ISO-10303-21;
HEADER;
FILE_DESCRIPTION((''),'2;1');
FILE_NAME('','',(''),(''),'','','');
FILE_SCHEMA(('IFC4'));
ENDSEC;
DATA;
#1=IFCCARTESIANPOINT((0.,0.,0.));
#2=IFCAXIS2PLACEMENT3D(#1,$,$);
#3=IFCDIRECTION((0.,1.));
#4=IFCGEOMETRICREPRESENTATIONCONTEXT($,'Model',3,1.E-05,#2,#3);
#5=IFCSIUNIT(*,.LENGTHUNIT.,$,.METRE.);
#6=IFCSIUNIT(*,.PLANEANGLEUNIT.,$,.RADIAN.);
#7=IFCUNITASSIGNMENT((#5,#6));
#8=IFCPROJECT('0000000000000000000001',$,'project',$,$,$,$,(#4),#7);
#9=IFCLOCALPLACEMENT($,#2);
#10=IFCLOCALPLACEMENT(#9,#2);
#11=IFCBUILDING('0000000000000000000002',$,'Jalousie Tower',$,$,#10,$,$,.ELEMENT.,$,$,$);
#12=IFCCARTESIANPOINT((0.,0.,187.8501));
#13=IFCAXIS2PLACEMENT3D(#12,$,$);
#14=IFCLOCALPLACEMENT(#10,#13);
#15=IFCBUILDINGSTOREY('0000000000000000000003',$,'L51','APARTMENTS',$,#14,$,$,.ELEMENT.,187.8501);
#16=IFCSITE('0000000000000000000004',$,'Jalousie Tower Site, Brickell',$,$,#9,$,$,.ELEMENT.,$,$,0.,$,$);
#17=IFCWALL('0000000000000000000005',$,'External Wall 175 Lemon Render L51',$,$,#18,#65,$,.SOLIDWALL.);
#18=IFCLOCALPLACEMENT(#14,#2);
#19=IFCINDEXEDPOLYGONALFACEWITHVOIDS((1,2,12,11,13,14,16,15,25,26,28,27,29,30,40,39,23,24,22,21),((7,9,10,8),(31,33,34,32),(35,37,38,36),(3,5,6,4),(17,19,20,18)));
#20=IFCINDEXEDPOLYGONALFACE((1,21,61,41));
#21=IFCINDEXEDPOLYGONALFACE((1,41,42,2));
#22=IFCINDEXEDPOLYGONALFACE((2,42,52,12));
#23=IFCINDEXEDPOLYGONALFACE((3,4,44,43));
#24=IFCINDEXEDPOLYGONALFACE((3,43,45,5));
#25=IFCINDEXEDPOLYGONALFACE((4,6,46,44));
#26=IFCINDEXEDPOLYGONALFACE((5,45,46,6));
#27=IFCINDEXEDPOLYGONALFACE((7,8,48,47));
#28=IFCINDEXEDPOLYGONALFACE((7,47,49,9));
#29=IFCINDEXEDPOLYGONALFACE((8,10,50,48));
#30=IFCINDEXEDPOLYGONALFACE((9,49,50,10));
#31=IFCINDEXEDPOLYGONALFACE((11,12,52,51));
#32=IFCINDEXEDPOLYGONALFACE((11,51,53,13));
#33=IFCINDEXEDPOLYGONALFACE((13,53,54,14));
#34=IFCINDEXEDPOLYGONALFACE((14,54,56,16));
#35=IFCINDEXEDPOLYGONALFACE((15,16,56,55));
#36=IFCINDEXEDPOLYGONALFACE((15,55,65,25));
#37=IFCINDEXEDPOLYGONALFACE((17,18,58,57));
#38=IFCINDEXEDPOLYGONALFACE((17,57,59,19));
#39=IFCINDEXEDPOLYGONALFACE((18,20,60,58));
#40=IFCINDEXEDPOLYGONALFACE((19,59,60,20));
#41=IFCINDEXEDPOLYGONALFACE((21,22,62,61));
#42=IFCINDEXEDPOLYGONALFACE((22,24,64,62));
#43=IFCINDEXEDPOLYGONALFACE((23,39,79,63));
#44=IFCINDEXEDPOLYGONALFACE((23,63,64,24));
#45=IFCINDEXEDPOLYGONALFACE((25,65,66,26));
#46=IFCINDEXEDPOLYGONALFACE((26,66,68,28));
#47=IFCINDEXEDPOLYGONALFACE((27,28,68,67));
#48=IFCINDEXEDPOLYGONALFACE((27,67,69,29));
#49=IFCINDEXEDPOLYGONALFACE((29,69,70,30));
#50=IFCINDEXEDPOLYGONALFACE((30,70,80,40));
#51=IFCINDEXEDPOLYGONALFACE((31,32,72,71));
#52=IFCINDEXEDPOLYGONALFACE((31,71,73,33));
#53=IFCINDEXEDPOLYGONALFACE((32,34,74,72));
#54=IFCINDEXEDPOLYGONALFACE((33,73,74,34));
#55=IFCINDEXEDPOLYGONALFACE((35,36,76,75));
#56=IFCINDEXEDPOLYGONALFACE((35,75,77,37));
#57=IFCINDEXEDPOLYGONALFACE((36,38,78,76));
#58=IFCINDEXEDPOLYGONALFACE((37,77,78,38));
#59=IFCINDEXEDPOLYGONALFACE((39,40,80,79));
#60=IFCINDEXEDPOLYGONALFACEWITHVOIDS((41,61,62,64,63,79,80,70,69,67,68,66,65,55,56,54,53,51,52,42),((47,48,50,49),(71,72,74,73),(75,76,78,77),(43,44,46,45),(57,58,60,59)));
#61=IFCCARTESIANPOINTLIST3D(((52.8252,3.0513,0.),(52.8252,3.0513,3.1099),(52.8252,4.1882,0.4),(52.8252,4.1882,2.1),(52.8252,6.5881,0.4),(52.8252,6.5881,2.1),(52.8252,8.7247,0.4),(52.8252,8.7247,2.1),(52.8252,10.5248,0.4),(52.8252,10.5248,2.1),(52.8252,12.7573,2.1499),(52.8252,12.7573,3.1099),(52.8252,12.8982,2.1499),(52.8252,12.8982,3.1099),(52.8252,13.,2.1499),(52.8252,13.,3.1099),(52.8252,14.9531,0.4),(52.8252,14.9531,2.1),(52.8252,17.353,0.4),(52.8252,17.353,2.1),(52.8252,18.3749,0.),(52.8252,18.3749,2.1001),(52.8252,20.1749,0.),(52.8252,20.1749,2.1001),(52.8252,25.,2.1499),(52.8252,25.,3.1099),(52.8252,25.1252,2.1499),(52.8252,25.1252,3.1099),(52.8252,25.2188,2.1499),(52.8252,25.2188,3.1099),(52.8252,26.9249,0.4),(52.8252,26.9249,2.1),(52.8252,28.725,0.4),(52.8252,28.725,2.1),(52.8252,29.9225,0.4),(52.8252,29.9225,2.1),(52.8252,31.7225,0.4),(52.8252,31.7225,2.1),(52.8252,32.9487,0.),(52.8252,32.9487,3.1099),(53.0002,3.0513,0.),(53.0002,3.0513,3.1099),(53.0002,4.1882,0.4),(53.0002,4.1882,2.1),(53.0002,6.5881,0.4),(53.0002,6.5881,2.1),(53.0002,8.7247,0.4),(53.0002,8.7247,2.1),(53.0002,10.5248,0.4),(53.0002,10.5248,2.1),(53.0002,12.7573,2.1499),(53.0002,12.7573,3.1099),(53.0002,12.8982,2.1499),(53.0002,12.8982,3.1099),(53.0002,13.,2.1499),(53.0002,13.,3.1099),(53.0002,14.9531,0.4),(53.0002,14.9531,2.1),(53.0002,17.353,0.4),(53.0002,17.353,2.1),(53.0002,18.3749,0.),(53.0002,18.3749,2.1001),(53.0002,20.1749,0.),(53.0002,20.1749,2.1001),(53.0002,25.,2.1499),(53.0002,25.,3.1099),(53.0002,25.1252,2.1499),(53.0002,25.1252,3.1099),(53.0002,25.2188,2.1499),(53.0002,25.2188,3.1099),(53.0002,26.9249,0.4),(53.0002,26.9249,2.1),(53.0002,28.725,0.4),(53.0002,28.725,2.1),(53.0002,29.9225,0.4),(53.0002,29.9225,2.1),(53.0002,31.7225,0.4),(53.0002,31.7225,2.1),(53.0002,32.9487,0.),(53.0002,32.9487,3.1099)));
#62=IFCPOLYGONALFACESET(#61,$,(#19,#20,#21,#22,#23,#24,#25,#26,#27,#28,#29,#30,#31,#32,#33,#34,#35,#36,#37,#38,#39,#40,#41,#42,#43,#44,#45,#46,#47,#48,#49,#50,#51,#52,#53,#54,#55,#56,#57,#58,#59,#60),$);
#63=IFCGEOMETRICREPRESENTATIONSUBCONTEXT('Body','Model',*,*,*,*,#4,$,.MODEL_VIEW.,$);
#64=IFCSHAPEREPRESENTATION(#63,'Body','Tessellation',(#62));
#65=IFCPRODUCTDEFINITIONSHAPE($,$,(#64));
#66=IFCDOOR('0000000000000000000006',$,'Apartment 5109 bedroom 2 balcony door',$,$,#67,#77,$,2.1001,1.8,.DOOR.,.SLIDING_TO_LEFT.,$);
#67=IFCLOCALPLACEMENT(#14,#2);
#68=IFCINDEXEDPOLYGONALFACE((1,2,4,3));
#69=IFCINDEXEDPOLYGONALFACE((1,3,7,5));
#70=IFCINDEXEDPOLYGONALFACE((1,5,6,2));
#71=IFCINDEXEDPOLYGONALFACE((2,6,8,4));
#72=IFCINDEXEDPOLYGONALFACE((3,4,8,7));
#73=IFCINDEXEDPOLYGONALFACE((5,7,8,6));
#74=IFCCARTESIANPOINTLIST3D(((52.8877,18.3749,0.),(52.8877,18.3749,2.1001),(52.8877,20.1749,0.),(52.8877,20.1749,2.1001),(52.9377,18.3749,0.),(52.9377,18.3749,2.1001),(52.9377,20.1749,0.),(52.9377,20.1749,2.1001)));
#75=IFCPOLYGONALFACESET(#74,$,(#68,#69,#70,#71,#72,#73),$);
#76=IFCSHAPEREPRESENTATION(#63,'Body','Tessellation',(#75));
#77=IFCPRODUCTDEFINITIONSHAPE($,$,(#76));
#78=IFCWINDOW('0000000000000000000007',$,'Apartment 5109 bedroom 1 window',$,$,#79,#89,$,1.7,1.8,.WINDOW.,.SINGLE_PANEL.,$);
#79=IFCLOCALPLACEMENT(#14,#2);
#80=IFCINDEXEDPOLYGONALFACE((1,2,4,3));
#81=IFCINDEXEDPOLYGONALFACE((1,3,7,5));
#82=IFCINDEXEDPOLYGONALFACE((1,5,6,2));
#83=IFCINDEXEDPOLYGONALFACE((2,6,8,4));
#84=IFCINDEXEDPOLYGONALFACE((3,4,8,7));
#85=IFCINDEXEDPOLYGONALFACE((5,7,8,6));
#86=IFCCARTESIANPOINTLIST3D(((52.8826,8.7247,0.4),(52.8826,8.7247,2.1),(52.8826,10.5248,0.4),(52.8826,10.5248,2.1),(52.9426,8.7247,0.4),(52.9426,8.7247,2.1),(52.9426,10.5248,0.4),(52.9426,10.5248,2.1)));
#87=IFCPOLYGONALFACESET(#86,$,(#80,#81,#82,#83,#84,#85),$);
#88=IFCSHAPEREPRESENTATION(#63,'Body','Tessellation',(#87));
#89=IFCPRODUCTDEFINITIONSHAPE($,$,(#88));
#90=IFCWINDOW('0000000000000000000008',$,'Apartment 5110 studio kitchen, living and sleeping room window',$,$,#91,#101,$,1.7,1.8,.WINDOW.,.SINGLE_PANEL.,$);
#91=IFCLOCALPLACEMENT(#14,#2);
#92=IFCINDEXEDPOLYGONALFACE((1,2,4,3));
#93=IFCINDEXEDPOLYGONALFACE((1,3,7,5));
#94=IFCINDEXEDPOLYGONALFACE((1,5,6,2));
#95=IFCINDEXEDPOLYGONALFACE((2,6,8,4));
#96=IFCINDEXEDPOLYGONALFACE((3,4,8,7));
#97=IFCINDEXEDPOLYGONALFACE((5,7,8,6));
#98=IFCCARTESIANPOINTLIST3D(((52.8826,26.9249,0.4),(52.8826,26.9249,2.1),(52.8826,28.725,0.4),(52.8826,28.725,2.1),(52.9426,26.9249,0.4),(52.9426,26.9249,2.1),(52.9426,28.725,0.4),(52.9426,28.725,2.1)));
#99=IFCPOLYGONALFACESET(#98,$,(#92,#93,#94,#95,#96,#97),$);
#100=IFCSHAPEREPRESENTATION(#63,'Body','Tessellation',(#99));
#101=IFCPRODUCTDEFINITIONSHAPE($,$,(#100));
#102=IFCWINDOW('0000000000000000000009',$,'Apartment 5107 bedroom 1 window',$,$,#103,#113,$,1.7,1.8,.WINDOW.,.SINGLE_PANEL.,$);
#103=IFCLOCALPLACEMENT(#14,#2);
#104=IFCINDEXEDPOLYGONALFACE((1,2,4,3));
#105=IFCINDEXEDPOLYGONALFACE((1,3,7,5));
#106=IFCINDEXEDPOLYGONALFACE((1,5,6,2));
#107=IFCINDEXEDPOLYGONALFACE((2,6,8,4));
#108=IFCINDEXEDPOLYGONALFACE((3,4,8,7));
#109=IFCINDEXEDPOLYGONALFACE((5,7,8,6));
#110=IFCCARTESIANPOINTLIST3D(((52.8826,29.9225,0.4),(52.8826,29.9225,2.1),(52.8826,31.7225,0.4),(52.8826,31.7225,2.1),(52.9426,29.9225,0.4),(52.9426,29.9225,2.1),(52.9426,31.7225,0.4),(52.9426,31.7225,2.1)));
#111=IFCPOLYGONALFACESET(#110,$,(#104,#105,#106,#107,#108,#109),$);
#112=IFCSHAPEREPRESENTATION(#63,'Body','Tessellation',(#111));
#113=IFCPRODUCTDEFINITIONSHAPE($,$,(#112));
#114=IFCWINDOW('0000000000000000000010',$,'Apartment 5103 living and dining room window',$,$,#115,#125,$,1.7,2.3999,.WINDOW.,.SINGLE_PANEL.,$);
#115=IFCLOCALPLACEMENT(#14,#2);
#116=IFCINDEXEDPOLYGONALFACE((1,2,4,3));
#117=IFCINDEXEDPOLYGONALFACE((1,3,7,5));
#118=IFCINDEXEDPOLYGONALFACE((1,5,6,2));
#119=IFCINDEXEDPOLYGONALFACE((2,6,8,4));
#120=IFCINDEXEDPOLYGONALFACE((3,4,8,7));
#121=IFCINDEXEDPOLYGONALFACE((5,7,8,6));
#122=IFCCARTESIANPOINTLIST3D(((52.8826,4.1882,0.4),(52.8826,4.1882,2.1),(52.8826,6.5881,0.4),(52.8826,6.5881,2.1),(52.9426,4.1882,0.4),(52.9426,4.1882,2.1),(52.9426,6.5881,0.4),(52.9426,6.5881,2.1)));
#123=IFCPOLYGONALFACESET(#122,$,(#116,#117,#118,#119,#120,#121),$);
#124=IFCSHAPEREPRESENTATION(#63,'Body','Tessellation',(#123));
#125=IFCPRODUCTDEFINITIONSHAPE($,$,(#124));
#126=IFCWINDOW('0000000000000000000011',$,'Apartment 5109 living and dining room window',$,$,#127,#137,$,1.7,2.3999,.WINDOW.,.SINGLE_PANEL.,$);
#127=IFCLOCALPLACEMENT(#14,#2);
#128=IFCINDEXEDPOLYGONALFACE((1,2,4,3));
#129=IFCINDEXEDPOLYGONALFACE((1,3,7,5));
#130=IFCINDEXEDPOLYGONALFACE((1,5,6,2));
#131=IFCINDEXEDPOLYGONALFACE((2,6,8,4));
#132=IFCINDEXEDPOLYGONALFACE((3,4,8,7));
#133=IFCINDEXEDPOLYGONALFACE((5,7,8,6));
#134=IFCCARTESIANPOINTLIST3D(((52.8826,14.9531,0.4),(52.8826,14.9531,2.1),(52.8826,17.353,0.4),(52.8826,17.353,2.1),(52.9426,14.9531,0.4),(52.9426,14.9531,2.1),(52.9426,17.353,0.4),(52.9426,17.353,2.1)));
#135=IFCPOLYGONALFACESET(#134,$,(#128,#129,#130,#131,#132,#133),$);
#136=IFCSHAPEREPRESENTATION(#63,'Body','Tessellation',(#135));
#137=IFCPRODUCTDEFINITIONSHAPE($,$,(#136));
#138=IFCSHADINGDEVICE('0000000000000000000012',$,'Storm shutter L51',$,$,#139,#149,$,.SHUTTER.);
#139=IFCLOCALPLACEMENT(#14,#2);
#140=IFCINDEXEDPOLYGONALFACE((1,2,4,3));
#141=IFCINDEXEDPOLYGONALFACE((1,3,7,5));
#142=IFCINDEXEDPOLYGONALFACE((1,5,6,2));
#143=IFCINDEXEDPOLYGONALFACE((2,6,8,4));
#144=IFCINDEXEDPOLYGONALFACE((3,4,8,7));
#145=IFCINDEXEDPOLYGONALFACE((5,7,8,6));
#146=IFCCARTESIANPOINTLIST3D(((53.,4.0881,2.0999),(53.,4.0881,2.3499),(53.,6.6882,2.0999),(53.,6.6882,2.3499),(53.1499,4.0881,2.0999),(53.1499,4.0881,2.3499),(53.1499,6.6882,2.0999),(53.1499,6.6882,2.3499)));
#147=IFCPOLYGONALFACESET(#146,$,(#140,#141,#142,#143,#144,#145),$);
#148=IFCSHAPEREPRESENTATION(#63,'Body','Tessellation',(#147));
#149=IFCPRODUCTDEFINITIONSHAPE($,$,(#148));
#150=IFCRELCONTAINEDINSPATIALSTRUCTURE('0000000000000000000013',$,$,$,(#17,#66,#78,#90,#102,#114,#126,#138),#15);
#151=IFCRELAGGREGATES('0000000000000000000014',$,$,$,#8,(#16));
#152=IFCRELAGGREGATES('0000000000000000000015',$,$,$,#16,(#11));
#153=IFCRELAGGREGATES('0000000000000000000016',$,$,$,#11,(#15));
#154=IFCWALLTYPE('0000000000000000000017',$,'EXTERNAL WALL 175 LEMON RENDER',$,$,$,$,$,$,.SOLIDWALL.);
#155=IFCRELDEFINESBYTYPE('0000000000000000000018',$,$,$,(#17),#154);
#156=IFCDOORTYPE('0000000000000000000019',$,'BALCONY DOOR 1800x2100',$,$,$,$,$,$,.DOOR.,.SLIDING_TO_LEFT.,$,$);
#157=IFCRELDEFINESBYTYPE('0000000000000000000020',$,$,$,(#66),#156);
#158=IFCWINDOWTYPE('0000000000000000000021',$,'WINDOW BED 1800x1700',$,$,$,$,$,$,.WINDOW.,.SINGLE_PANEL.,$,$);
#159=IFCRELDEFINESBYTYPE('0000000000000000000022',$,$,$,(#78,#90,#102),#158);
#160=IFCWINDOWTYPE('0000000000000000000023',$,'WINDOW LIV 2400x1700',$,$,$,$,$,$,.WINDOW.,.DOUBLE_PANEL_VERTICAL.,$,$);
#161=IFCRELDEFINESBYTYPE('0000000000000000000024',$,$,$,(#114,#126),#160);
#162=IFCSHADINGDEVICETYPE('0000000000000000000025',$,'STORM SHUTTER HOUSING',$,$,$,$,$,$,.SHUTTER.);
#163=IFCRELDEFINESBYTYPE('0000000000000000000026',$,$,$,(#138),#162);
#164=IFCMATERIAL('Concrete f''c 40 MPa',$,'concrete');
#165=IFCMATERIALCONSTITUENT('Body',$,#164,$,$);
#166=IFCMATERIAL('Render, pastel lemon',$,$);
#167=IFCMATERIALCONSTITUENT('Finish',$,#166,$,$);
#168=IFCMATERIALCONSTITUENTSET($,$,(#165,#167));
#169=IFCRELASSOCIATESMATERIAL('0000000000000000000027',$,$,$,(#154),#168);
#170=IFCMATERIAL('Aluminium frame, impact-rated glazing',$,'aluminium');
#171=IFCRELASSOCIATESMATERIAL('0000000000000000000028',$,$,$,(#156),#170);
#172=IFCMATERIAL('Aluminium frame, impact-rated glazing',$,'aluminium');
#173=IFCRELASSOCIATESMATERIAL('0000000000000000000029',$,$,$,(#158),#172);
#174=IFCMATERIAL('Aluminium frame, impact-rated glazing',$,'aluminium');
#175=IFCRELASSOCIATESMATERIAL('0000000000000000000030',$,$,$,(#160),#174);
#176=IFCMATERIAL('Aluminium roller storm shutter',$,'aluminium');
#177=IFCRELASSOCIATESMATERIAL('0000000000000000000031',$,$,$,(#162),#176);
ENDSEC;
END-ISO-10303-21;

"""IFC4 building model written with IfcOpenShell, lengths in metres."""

from ifc_helpers import new_model, si_unit, direction, frame, frame_2d, origin, origin_2d, place, context, subcontext, project, spatial, polyline, rectangle, outline, extrude, material, constituent, constituent_set, type_object, element, fill, save


model = new_model("IFC4")

# Units and contexts
model_context = context("Model", 3, precision=1e-05, world=origin(), true_north=direction((0.0, 1.0)))
body_context = subcontext(model_context, "Body", "Model", "MODEL_VIEW")
ifc_project = project(units=[si_unit("LENGTHUNIT", "METRE"), si_unit("PLANEANGLEUNIT", "RADIAN")], contexts=[model_context])

# Site, building, storey
site_placement = place(None, origin())
site = spatial("IfcSite", under=ifc_project, at=site_placement, Name="Jalousie Tower Site, Brickell", CompositionType="ELEMENT", RefElevation=0.0)
building_placement = place(site_placement, origin())
building = spatial("IfcBuilding", under=site, at=building_placement, Name="Jalousie Tower", CompositionType="ELEMENT")
storey_placement = place(building_placement, frame((0.0, 0.0, 187.8501)))
storey = spatial("IfcBuildingStorey", under=building, at=storey_placement, Name="L51", Description="APARTMENTS", CompositionType="ELEMENT", Elevation=187.8501)

# Wall, openings, door, windows
ifc_material_1 = material(Name="Concrete f'c 40 MPa", Category="concrete")
ifc_constituent_1 = constituent(ifc_material_1, Name="Body")
ifc_material_2 = material(Name="Render, pastel lemon")
ifc_constituent_2 = constituent(ifc_material_2, Name="Finish")
ifc_constituent_set = constituent_set(constituents=[ifc_constituent_1, ifc_constituent_2])
wall_type = type_object("IfcWallType", Name="EXTERNAL WALL 175 LEMON RENDER", PredefinedType="SOLIDWALL", material=ifc_constituent_set)
wall_placement = place(storey_placement, frame((52.9126, 3.0513, 0.0), z_axis=(0.0, 0.0, 1.0), x_axis=(0.0, 1.0, 0.0)))
wall = element("IfcWall", 1, at=wall_placement, inside=storey, type_object=wall_type, Name="External Wall 175 Lemon Render L51", PredefinedType="SOLIDWALL", context=body_context, shape_type="SweptSolid", body=[
    extrude(outline(polyline([(0.0, 0.0), (29.8975, 0.0), (29.8975, 3.1099), (22.1675, 3.1099), (22.1675, 2.1499), (22.074, 2.1499), (22.074, 3.1099), (21.9487, 3.1099), (21.9487, 2.1499), (9.9487, 2.1499), (9.9487, 3.1099), (9.8469, 3.1099), (9.8469, 2.1499), (9.7061, 2.1499), (9.7061, 3.1099), (0.0, 3.1099), (0.0, 0.0)])), frame((0.0, 0.0874, 0.0), z_axis=(0.0, -1.0, 0.0), x_axis=(1.0, 0.0, 0.0)), (0.0, 0.0, 1.0), 0.175),
])
opening_1_placement = place(wall_placement, frame((1.137, 0.0, 0.3999)))
opening_1 = element("IfcOpeningElement", 2, at=opening_1_placement, cuts=wall, PredefinedType="OPENING", context=body_context, shape_type="SweptSolid", body=[
    extrude(rectangle(XDim=2.3999, YDim=1.7, at=frame_2d((1.2, 0.8501))), frame((0.0, 0.0974, 0.0), z_axis=(0.0, -1.0, 0.0), x_axis=(1.0, 0.0, 0.0)), (0.0, 0.0, 1.0), 0.1951),
])
opening_2_placement = place(wall_placement, frame((5.6736, 0.0, 0.3999)))
opening_2 = element("IfcOpeningElement", 3, at=opening_2_placement, cuts=wall, PredefinedType="OPENING", context=body_context, shape_type="SweptSolid", body=[
    extrude(rectangle(XDim=1.8, YDim=1.7, at=frame_2d((0.8999, 0.8501))), frame((0.0, 0.0974, 0.0), z_axis=(0.0, -1.0, 0.0), x_axis=(1.0, 0.0, 0.0)), (0.0, 0.0, 1.0), 0.1951),
])
opening_3_placement = place(wall_placement, frame((11.9019, 0.0, 0.3999)))
opening_3 = element("IfcOpeningElement", 4, at=opening_3_placement, cuts=wall, PredefinedType="OPENING", context=body_context, shape_type="SweptSolid", body=[
    extrude(rectangle(XDim=2.3999, YDim=1.7, at=frame_2d((1.2, 0.8501))), frame((0.0, 0.0974, 0.0), z_axis=(0.0, -1.0, 0.0), x_axis=(1.0, 0.0, 0.0)), (0.0, 0.0, 1.0), 0.1951),
])
opening_4_placement = place(wall_placement, frame((15.3237, 0.0, 0.0)))
opening_4 = element("IfcOpeningElement", 5, at=opening_4_placement, cuts=wall, PredefinedType="OPENING", context=body_context, shape_type="SweptSolid", body=[
    extrude(rectangle(XDim=1.8, YDim=2.1001, at=frame_2d((0.8999, 1.05))), frame((0.0, 0.0974, 0.0), z_axis=(0.0, -1.0, 0.0), x_axis=(1.0, 0.0, 0.0)), (0.0, 0.0, 1.0), 0.1951),
])
opening_5_placement = place(wall_placement, frame((23.8738, 0.0, 0.3999)))
opening_5 = element("IfcOpeningElement", 6, at=opening_5_placement, cuts=wall, PredefinedType="OPENING", context=body_context, shape_type="SweptSolid", body=[
    extrude(rectangle(XDim=1.8, YDim=1.7, at=frame_2d((0.8999, 0.8501))), frame((0.0, 0.0974, 0.0), z_axis=(0.0, -1.0, 0.0), x_axis=(1.0, 0.0, 0.0)), (0.0, 0.0, 1.0), 0.1951),
])
opening_6_placement = place(wall_placement, frame((26.8713, 0.0, 0.3999)))
opening_6 = element("IfcOpeningElement", 7, at=opening_6_placement, cuts=wall, PredefinedType="OPENING", context=body_context, shape_type="SweptSolid", body=[
    extrude(rectangle(XDim=1.8, YDim=1.7, at=frame_2d((0.8999, 0.8501))), frame((0.0, 0.0974, 0.0), z_axis=(0.0, -1.0, 0.0), x_axis=(1.0, 0.0, 0.0)), (0.0, 0.0, 1.0), 0.1951),
])
ifc_material_3 = material(Name="Aluminium frame, impact-rated glazing", Category="aluminium")
door_type = type_object("IfcDoorType", Name="BALCONY DOOR 1800x2100", OperationType="SLIDING_TO_LEFT", PredefinedType="DOOR", material=ifc_material_3)
door_placement = place(opening_4_placement, origin())
door = element("IfcDoor", 8, at=door_placement, inside=storey, type_object=door_type, Name="Apartment 5109 bedroom 2 balcony door", OperationType="SLIDING_TO_LEFT", OverallHeight=2.1001, OverallWidth=1.8, PredefinedType="DOOR", context=body_context, shape_type="SweptSolid", body=[
    extrude(rectangle(XDim=1.8, YDim=2.1001, at=frame_2d((0.8999, 1.05))), frame((0.0, 0.0249, 0.0), z_axis=(0.0, -1.0, 0.0), x_axis=(1.0, 0.0, 0.0)), (0.0, 0.0, 1.0), 0.05),
])
fill(opening_4, door)
ifc_material_4 = material(Name="Aluminium frame, impact-rated glazing", Category="aluminium")
window_type_1 = type_object("IfcWindowType", Name="WINDOW BED 1800x1700", PartitioningType="SINGLE_PANEL", PredefinedType="WINDOW", material=ifc_material_4)
window_1_placement = place(opening_2_placement, origin())
window_1 = element("IfcWindow", 9, at=window_1_placement, inside=storey, type_object=window_type_1, Name="Apartment 5109 bedroom 1 window", OverallHeight=1.7, OverallWidth=1.8, PartitioningType="SINGLE_PANEL", PredefinedType="WINDOW", context=body_context, shape_type="SweptSolid", body=[
    extrude(rectangle(XDim=1.8, YDim=1.7, at=frame_2d((0.8999, 0.8501))), frame((0.0, 0.03, 0.0), z_axis=(0.0, -1.0, 0.0), x_axis=(1.0, 0.0, 0.0)), (0.0, 0.0, 1.0), 0.0601),
])
fill(opening_2, window_1)
window_2_placement = place(opening_5_placement, origin())
window_2 = element("IfcWindow", 10, at=window_2_placement, inside=storey, type_object=window_type_1, Name="Apartment 5110 studio kitchen, living and sleeping room window", OverallHeight=1.7, OverallWidth=1.8, PartitioningType="SINGLE_PANEL", PredefinedType="WINDOW", context=body_context, shape_type="SweptSolid", body=[
    extrude(rectangle(XDim=1.8, YDim=1.7, at=frame_2d((0.8999, 0.8501))), frame((0.0, 0.03, 0.0), z_axis=(0.0, -1.0, 0.0), x_axis=(1.0, 0.0, 0.0)), (0.0, 0.0, 1.0), 0.0601),
])
fill(opening_5, window_2)
window_3_placement = place(opening_6_placement, origin())
window_3 = element("IfcWindow", 11, at=window_3_placement, inside=storey, type_object=window_type_1, Name="Apartment 5107 bedroom 1 window", OverallHeight=1.7, OverallWidth=1.8, PartitioningType="SINGLE_PANEL", PredefinedType="WINDOW", context=body_context, shape_type="SweptSolid", body=[
    extrude(rectangle(XDim=1.8, YDim=1.7, at=frame_2d((0.8999, 0.8501))), frame((0.0, 0.03, 0.0), z_axis=(0.0, -1.0, 0.0), x_axis=(1.0, 0.0, 0.0)), (0.0, 0.0, 1.0), 0.0601),
])
fill(opening_6, window_3)
ifc_material_5 = material(Name="Aluminium frame, impact-rated glazing", Category="aluminium")
window_type_2 = type_object("IfcWindowType", Name="WINDOW LIV 2400x1700", PartitioningType="DOUBLE_PANEL_VERTICAL", PredefinedType="WINDOW", material=ifc_material_5)
window_4_placement = place(opening_1_placement, origin())
window_4 = element("IfcWindow", 12, at=window_4_placement, inside=storey, type_object=window_type_2, Name="Apartment 5103 living and dining room window", OverallHeight=1.7, OverallWidth=2.3999, PartitioningType="SINGLE_PANEL", PredefinedType="WINDOW", context=body_context, shape_type="SweptSolid", body=[
    extrude(rectangle(XDim=2.3999, YDim=1.7, at=frame_2d((1.2, 0.8501))), frame((0.0, 0.03, 0.0), z_axis=(0.0, -1.0, 0.0), x_axis=(1.0, 0.0, 0.0)), (0.0, 0.0, 1.0), 0.0601),
])
fill(opening_1, window_4)
window_5_placement = place(opening_3_placement, origin())
window_5 = element("IfcWindow", 13, at=window_5_placement, inside=storey, type_object=window_type_2, Name="Apartment 5109 living and dining room window", OverallHeight=1.7, OverallWidth=2.3999, PartitioningType="SINGLE_PANEL", PredefinedType="WINDOW", context=body_context, shape_type="SweptSolid", body=[
    extrude(rectangle(XDim=2.3999, YDim=1.7, at=frame_2d((1.2, 0.8501))), frame((0.0, 0.03, 0.0), z_axis=(0.0, -1.0, 0.0), x_axis=(1.0, 0.0, 0.0)), (0.0, 0.0, 1.0), 0.0601),
])
fill(opening_3, window_5)

# Shading device
ifc_material_6 = material(Name="Aluminium roller storm shutter", Category="aluminium")
shading_device_type = type_object("IfcShadingDeviceType", Name="STORM SHUTTER HOUSING", PredefinedType="SHUTTER", material=ifc_material_6)
shading_device_placement = place(storey_placement, frame((53.075, 5.3882, 2.0999), z_axis=(0.0, 0.0, 1.0), x_axis=(0.0, 1.0, 0.0)))
element("IfcShadingDevice", 14, at=shading_device_placement, inside=storey, type_object=shading_device_type, Name="Storm shutter L51", PredefinedType="SHUTTER", context=body_context, shape_type="SweptSolid", body=[
    extrude(rectangle(XDim=2.6001, YDim=0.1499, at=origin_2d()), origin(), (0.0, 0.0, 1.0), 0.25),
])

save(model, "model.ifc")
